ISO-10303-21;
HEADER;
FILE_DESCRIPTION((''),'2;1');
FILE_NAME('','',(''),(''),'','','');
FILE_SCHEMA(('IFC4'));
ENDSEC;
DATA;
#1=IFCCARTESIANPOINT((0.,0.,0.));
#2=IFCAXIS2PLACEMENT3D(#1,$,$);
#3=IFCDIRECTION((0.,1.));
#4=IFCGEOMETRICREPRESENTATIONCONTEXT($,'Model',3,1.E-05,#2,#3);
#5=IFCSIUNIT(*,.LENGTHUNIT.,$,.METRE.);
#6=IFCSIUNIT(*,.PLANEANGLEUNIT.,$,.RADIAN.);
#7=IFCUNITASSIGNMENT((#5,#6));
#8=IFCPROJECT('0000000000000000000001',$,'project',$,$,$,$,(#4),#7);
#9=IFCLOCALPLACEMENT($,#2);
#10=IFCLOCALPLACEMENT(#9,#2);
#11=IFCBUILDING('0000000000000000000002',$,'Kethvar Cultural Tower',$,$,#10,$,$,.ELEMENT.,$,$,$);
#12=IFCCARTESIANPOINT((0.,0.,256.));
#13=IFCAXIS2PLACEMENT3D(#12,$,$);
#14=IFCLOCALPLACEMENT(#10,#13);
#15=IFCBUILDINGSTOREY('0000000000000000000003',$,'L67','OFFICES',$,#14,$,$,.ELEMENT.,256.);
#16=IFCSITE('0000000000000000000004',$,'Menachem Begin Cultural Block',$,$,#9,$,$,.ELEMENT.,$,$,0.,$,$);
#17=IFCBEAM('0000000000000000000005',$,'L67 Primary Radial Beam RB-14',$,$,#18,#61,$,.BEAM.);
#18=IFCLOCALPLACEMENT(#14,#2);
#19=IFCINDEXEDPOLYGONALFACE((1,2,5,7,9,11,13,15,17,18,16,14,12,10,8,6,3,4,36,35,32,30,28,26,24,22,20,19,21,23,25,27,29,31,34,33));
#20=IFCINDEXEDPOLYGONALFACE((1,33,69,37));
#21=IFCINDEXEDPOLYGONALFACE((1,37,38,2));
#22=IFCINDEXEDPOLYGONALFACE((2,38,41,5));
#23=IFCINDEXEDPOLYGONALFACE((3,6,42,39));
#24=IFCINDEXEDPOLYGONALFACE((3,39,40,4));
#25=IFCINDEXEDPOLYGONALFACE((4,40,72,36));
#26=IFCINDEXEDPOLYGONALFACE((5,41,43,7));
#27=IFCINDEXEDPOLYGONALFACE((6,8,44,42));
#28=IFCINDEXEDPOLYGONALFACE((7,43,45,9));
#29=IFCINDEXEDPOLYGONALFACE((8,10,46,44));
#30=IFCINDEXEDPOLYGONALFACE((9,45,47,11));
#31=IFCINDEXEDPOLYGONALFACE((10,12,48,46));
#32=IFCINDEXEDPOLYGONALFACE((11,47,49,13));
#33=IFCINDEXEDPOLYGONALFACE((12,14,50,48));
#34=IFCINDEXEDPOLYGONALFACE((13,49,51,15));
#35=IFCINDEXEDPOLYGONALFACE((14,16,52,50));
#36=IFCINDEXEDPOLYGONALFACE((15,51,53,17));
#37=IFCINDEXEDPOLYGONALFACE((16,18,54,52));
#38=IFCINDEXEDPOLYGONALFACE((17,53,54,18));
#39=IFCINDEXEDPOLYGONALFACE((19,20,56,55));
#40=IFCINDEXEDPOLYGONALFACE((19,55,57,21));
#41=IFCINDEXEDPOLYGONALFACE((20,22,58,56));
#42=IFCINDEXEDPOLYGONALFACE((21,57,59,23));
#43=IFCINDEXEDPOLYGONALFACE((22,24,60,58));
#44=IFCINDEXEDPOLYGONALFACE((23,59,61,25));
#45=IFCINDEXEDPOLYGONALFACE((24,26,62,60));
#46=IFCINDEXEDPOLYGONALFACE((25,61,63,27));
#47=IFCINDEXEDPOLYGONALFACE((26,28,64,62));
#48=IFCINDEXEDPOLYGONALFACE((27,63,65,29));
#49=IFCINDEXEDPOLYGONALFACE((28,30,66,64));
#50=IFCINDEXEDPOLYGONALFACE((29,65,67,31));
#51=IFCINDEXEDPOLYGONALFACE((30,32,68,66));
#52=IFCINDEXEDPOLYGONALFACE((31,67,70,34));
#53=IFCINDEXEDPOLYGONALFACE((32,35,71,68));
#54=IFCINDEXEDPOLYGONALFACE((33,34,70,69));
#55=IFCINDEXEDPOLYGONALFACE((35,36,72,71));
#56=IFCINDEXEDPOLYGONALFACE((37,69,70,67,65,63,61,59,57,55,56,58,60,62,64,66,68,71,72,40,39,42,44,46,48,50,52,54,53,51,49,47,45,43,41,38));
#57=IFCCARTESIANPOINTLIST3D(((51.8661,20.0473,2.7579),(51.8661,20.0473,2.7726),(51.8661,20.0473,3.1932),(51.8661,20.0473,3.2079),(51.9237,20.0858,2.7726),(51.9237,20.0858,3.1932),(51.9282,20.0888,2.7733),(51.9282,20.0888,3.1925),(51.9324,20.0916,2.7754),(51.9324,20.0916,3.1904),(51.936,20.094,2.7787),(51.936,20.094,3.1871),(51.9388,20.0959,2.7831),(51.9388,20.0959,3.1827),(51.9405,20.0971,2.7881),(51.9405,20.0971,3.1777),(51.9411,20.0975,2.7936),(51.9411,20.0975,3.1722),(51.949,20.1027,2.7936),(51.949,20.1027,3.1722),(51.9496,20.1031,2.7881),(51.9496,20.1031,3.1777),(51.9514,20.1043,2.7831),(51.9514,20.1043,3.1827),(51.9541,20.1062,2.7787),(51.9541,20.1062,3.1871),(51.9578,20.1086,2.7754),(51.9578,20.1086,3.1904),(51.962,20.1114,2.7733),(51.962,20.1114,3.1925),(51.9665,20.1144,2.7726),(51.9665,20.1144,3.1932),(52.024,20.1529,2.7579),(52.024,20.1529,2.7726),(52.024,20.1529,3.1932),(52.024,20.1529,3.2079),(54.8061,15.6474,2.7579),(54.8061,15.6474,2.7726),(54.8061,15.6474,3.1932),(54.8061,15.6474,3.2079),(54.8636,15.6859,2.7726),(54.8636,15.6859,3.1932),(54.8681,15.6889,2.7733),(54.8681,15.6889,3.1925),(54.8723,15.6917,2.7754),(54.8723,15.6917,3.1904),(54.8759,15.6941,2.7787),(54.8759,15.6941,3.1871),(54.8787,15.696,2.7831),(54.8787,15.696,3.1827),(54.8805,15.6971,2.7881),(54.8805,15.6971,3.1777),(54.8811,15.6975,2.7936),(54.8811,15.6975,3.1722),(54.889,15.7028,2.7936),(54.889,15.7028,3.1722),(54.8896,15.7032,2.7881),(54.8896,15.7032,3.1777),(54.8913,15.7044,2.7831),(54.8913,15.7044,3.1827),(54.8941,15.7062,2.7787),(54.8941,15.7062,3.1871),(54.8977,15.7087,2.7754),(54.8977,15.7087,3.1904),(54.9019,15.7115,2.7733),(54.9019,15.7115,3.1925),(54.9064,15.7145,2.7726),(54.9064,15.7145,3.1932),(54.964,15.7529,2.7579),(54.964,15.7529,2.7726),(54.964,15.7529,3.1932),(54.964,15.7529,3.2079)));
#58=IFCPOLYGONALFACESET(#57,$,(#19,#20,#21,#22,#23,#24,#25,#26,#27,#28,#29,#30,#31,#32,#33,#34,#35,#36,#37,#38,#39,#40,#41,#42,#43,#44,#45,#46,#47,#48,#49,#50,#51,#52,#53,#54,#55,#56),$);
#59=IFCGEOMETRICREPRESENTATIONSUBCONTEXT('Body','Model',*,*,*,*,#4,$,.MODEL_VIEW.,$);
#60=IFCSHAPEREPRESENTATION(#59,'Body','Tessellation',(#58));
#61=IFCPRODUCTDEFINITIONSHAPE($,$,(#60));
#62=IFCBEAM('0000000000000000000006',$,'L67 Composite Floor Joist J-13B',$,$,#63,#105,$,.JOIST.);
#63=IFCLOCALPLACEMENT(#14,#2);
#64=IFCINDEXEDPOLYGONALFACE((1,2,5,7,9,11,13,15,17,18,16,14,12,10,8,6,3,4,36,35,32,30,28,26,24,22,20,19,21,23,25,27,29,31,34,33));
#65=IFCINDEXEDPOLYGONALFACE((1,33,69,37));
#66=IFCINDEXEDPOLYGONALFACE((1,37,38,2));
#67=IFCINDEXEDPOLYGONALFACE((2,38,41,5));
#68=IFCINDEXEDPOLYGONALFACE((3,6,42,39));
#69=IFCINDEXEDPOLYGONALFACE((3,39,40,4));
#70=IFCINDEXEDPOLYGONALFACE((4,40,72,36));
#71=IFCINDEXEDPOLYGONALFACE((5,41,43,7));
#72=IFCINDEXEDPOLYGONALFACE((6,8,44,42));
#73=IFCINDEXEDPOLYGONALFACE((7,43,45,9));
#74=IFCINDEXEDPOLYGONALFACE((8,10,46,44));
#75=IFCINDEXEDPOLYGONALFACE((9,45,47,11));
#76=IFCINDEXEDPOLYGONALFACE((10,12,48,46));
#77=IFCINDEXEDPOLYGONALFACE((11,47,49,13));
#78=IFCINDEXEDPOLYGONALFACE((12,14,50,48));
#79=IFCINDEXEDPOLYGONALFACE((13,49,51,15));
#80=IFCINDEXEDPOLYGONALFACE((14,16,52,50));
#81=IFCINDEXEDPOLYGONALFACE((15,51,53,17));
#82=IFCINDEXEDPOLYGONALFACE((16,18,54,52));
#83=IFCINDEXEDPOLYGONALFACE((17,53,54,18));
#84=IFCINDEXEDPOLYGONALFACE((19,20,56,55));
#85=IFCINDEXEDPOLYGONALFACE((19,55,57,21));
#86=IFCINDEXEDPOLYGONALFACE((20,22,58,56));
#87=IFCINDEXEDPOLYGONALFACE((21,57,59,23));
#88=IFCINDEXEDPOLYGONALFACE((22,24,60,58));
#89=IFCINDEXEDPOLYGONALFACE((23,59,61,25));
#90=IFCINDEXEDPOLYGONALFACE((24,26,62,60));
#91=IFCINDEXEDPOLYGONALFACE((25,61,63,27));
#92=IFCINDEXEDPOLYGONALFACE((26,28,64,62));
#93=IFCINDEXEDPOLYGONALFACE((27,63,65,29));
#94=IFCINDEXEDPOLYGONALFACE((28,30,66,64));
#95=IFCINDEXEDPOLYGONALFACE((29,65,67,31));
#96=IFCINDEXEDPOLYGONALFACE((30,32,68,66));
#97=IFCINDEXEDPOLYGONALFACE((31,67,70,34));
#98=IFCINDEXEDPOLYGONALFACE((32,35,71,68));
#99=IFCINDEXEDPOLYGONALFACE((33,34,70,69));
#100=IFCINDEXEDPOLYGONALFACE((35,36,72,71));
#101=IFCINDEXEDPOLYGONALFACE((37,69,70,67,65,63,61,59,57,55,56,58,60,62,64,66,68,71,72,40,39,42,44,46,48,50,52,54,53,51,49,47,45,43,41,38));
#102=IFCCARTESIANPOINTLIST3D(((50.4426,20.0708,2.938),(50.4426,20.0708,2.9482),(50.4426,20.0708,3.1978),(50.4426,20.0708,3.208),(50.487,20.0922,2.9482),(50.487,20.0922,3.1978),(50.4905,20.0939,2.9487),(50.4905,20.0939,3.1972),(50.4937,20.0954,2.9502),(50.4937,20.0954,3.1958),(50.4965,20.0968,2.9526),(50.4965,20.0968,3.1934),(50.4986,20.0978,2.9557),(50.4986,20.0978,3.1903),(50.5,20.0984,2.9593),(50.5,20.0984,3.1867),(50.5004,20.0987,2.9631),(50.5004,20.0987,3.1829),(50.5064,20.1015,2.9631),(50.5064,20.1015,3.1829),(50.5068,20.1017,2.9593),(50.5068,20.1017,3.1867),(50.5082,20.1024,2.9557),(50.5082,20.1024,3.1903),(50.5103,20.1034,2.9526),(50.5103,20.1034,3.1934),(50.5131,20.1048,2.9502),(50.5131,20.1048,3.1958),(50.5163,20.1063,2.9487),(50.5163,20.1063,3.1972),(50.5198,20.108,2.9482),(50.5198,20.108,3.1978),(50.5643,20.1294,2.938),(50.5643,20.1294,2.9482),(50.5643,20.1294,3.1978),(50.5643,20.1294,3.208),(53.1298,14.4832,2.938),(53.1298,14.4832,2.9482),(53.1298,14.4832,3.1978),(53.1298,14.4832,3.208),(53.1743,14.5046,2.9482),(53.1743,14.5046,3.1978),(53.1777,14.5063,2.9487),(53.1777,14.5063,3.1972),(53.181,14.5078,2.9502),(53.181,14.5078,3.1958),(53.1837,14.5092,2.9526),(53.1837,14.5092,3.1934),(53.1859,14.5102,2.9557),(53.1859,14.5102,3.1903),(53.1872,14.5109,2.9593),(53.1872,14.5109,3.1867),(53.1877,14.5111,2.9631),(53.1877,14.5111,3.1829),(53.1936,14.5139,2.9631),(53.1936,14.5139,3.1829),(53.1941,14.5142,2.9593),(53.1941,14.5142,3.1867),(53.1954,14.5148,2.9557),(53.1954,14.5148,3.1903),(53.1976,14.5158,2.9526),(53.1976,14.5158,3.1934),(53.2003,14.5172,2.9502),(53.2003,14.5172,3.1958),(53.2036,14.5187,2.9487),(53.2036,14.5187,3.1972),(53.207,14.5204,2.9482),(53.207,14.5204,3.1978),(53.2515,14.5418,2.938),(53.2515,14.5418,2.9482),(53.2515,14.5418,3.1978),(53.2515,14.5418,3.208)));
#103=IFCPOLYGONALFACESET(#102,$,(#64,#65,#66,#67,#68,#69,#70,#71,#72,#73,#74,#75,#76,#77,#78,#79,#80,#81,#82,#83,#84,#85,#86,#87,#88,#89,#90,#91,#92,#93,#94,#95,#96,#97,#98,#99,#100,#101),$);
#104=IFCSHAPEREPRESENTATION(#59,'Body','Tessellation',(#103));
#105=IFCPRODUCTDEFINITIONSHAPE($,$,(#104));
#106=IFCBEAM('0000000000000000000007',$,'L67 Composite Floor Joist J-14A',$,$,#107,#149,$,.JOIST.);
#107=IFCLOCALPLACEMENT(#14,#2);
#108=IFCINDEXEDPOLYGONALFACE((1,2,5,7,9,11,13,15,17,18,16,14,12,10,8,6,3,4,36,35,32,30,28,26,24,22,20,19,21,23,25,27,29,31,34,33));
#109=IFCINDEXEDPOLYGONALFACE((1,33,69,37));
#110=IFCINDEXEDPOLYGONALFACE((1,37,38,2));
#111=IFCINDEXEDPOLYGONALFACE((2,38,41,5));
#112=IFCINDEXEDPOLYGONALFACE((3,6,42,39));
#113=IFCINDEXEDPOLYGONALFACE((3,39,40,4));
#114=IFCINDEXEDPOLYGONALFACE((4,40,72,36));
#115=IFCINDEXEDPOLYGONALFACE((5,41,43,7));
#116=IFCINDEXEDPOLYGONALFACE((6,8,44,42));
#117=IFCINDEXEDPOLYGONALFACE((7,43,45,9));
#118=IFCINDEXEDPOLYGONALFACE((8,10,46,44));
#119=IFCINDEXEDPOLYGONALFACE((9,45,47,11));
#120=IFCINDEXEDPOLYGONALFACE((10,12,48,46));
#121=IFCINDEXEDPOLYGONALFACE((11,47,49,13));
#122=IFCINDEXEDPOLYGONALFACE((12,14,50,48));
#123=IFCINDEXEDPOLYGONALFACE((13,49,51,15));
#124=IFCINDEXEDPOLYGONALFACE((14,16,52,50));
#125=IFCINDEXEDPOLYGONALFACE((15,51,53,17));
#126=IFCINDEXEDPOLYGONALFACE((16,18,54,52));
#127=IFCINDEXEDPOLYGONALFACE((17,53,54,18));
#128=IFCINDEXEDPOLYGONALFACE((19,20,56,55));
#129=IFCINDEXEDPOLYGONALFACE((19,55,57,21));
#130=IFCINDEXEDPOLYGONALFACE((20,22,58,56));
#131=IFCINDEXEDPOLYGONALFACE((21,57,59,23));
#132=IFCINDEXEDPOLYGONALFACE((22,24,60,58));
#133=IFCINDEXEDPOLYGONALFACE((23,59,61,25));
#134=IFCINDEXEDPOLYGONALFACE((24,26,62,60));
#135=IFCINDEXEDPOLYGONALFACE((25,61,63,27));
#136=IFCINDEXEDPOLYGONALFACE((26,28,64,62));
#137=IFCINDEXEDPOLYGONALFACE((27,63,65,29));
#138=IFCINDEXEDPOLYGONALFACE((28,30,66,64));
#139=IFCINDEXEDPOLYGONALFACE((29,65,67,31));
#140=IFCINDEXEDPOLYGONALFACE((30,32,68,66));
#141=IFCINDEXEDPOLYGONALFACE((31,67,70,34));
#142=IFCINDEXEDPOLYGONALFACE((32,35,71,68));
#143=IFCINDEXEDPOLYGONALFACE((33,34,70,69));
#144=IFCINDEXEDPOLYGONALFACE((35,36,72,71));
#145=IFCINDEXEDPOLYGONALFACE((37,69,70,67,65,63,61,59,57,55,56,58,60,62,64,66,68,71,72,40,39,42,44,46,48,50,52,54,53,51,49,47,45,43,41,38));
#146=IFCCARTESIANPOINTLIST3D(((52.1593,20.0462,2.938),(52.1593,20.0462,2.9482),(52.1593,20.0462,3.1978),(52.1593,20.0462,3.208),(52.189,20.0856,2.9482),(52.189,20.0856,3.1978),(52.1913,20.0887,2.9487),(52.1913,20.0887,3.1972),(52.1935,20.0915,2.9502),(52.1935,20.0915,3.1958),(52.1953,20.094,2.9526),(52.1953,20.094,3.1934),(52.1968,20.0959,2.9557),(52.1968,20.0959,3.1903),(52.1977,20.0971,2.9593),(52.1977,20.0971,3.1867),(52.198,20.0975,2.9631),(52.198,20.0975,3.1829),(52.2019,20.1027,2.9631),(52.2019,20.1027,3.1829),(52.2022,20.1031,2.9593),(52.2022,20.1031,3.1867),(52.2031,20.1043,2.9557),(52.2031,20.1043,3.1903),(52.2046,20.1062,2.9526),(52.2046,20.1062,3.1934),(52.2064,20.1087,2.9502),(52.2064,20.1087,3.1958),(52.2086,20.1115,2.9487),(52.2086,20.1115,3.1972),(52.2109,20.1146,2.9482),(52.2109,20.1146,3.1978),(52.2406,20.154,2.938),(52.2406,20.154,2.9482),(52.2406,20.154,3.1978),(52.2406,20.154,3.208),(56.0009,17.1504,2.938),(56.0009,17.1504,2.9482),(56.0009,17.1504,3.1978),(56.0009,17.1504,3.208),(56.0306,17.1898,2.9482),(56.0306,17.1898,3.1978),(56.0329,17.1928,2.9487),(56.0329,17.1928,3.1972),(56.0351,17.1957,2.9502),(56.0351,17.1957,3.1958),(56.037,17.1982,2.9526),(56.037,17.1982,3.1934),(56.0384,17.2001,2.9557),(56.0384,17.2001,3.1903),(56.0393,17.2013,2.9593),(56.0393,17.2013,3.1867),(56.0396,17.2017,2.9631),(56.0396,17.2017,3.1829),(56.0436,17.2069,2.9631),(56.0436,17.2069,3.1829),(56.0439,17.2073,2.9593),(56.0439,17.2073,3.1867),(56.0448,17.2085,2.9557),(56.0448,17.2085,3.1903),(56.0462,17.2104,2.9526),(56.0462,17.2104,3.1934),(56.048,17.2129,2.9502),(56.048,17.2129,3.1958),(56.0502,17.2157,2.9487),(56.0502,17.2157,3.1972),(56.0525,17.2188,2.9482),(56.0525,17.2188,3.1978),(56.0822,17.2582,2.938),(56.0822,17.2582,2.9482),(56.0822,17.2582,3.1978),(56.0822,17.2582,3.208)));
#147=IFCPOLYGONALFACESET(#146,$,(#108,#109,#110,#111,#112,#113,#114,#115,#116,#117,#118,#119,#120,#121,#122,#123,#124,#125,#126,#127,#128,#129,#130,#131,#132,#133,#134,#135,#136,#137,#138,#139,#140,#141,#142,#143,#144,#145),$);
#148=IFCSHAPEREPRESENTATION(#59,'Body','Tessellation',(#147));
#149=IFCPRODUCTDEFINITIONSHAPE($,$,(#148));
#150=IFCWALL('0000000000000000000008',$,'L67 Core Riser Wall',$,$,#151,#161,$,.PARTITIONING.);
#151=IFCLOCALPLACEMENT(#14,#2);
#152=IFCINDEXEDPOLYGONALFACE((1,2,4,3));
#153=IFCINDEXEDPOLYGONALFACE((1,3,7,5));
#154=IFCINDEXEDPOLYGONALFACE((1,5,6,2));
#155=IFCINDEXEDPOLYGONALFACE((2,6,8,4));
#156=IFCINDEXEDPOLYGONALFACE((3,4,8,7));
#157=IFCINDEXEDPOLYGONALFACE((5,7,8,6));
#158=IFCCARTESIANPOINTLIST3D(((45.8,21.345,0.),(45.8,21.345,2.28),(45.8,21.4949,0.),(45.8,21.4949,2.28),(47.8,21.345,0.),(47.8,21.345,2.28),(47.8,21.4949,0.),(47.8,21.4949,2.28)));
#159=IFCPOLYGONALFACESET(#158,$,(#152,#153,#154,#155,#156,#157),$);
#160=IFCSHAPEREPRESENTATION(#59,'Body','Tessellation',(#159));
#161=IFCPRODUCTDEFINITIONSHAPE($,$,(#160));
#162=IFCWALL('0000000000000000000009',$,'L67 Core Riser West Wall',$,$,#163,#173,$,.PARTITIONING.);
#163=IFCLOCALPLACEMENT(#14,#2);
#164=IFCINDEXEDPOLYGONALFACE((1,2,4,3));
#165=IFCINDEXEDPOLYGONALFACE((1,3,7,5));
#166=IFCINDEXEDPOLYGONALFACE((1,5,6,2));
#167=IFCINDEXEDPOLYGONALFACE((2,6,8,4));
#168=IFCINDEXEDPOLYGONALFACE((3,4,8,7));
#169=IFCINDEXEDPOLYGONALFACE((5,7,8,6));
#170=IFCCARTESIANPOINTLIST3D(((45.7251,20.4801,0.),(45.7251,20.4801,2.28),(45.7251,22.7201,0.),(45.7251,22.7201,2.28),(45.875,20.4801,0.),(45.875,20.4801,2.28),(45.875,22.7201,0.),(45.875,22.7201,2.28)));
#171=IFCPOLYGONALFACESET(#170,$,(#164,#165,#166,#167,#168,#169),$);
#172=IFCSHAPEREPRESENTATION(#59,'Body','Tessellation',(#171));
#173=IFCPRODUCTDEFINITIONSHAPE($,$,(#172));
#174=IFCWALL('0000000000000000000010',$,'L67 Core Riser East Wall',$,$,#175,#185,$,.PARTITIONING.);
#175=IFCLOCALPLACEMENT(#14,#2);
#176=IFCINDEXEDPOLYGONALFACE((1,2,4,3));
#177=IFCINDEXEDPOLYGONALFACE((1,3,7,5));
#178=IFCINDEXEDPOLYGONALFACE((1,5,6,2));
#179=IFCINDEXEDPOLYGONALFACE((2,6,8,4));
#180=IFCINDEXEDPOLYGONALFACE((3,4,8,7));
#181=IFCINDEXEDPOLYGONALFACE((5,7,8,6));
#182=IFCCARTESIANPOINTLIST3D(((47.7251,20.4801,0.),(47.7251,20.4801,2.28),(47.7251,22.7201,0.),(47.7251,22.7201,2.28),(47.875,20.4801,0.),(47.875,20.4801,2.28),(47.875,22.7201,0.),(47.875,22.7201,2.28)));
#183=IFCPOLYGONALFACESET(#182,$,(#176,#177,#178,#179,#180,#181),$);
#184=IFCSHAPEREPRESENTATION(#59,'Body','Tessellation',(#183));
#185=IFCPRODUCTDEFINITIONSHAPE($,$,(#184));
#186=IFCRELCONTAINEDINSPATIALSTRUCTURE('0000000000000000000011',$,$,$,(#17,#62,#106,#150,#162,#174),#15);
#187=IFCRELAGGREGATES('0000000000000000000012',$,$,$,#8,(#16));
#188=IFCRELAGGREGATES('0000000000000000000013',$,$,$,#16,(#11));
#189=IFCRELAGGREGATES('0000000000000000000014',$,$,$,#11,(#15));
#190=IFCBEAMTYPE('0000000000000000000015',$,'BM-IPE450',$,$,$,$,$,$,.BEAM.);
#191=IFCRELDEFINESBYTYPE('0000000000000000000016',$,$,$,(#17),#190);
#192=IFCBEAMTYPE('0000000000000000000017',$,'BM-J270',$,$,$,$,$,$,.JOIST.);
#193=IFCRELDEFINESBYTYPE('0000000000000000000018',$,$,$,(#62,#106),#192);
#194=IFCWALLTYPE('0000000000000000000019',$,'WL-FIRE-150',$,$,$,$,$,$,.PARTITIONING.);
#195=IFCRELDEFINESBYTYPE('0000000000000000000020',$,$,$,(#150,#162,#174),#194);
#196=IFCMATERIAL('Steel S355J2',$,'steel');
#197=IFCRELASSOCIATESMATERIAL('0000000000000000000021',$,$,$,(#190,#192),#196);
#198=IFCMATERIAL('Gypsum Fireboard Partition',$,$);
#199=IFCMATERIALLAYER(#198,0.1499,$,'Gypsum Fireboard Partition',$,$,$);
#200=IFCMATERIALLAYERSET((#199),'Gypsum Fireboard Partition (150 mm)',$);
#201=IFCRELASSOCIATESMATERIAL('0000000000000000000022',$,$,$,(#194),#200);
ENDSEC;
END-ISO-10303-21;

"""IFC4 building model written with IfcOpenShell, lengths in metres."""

from ifc_helpers import new_model, si_unit, direction, frame, frame_2d, origin, origin_2d, place, context, subcontext, project, spatial, rectangle, i_section, extrude, source, transform, mapped, material, layer, layer_set, material_profile, profile_set, type_object, element, save


model = new_model("IFC4")

# Units and contexts
model_context = context("Model", 3, precision=1e-05, world=origin(), true_north=direction((0.0, 1.0)))
body_context = subcontext(model_context, "Body", "Model", "MODEL_VIEW")
ifc_project = project(units=[si_unit("LENGTHUNIT", "METRE"), si_unit("PLANEANGLEUNIT", "RADIAN")], contexts=[model_context])

# Site, building, storey
site_placement = place(None, origin())
site = spatial("IfcSite", under=ifc_project, at=site_placement, Name="Menachem Begin Cultural Block", CompositionType="ELEMENT", RefElevation=0.0)
building_placement = place(site_placement, origin())
building = spatial("IfcBuilding", under=site, at=building_placement, Name="Kethvar Cultural Tower", CompositionType="ELEMENT")
storey_placement = place(building_placement, frame((0.0, 0.0, 256.0)))
storey = spatial("IfcBuildingStorey", under=building, at=storey_placement, Name="L67", Description="OFFICES", CompositionType="ELEMENT", Elevation=256.0)

# Beams
ifc_material_1 = material(Name="Steel S355J2", Category="steel")
ifc_material_profile_1 = material_profile(ifc_material_1, i_section(OverallWidth=0.1899, OverallDepth=0.45, WebThickness=0.0095, FlangeThickness=0.0146, FilletRadius=0.021, at=origin_2d()), Name="Steel S355J2 — IPE450")
ifc_profile_set_1 = profile_set([ifc_material_profile_1], Name="Steel S355J2 — IPE450")
beam_type_1 = type_object("IfcBeamType", Name="BM-IPE450", PredefinedType="BEAM", material=ifc_profile_set_1)
shared_shape_1 = source(origin(), body_context, "Body", "SweptSolid", [
    extrude(i_section(OverallWidth=0.1899, OverallDepth=0.45, WebThickness=0.0095, FlangeThickness=0.0146, FilletRadius=0.021, at=origin_2d()), origin(), (0.0, 0.0, 1.0), 5.2917),
])
beam_1_placement = place(storey_placement, frame((51.9451, 20.1001, 2.9829), z_axis=(0.555573, -0.831468, 0.0), x_axis=(0.831468, 0.555573, 0.0)))
element("IfcBeam", 1, at=beam_1_placement, inside=storey, type_object=beam_type_1, Name="L67 Primary Radial Beam RB-14", PredefinedType="BEAM", context=body_context, shape_type="MappedRepresentation", body=[
    mapped(shared_shape_1, transform((0.0, 0.0, 0.0), scale=1.0)),
])
ifc_material_profile_2 = material_profile(ifc_material_1, i_section(OverallWidth=0.135, OverallDepth=0.27, WebThickness=0.0066, FlangeThickness=0.0103, FilletRadius=0.0149, at=origin_2d()), Name="Steel S355J2 — IPE270")
ifc_profile_set_2 = profile_set([ifc_material_profile_2], Name="Steel S355J2 — IPE270")
beam_type_2 = type_object("IfcBeamType", Name="BM-J270", PredefinedType="JOIST", material=ifc_profile_set_2)
shared_shape_2 = source(origin(), body_context, "Body", "SweptSolid", [
    extrude(i_section(OverallWidth=0.135, OverallDepth=0.27, WebThickness=0.0066, FlangeThickness=0.0103, FilletRadius=0.0149, at=origin_2d()), origin(), (0.0, 0.0, 1.0), 6.2002),
])
beam_2_placement = place(storey_placement, frame((50.5034, 20.1001, 3.073), z_axis=(0.433411, -0.901197, 0.0), x_axis=(0.901197, 0.433411, 0.0)))
element("IfcBeam", 2, at=beam_2_placement, inside=storey, type_object=beam_type_2, Name="L67 Composite Floor Joist J-13B", PredefinedType="JOIST", context=body_context, shape_type="MappedRepresentation", body=[
    mapped(shared_shape_2, transform((0.0, 0.0, 0.0), scale=1.0)),
])
shared_shape_3 = source(origin(), body_context, "Body", "SweptSolid", [
    extrude(i_section(OverallWidth=0.135, OverallDepth=0.27, WebThickness=0.0066, FlangeThickness=0.0103, FilletRadius=0.0149, at=origin_2d()), origin(), (0.0, 0.0, 1.0), 4.8108),
])
beam_3_placement = place(storey_placement, frame((52.2, 20.1001, 3.073), z_axis=(0.798542, -0.601939, 0.0), x_axis=(0.601939, 0.798542, 0.0)))
element("IfcBeam", 3, at=beam_3_placement, inside=storey, type_object=beam_type_2, Name="L67 Composite Floor Joist J-14A", PredefinedType="JOIST", context=body_context, shape_type="MappedRepresentation", body=[
    mapped(shared_shape_3, transform((0.0, 0.0, 0.0), scale=1.0)),
])

# Walls
ifc_material_2 = material(Name="Gypsum Fireboard Partition")
ifc_layer_1 = layer(ifc_material_2, 0.1499, Name="Gypsum Fireboard Partition")
ifc_layer_set_1 = layer_set([ifc_layer_1], Name="Gypsum Fireboard Partition (150 mm)")
wall_type_1 = type_object("IfcWallType", Name="WL-FIRE-150", PredefinedType="PARTITIONING", material=ifc_layer_set_1)
wall_1_placement = place(storey_placement, frame((45.8, 21.4199, 0.0), z_axis=(0.0, 0.0, 1.0), x_axis=(1.0, 0.0, 0.0)))
element("IfcWall", 4, at=wall_1_placement, inside=storey, type_object=wall_type_1, Name="L67 Core Riser Wall", PredefinedType="PARTITIONING", context=body_context, shape_type="SweptSolid", body=[
    extrude(rectangle(XDim=2.0, YDim=0.1499, at=frame_2d((1.0, 0.0))), origin(), (0.0, 0.0, 1.0), 2.28),
])
for number, where, z_axis, x_axis, name in (
    (5, (45.8, 20.48, 0.0), (0.0, 0.0, 1.0), (0.0, 1.0, 0.0), "L67 Core Riser West Wall"),
    (6, (47.8, 20.48, 0.0), (0.0, 0.0, 1.0), (0.0, 1.0, 0.0), "L67 Core Riser East Wall"),
):
    element("IfcWall", number, at=place(storey_placement, frame(where, z_axis=z_axis, x_axis=x_axis)), inside=storey, type_object=wall_type_1, Name=name, PredefinedType="PARTITIONING", context=body_context, shape_type="SweptSolid", body=[
        extrude(rectangle(XDim=2.24, YDim=0.1499, at=frame_2d((1.1201, 0.0))), origin(), (0.0, 0.0, 1.0), 2.28),
    ])

save(model, "model.ifc")
